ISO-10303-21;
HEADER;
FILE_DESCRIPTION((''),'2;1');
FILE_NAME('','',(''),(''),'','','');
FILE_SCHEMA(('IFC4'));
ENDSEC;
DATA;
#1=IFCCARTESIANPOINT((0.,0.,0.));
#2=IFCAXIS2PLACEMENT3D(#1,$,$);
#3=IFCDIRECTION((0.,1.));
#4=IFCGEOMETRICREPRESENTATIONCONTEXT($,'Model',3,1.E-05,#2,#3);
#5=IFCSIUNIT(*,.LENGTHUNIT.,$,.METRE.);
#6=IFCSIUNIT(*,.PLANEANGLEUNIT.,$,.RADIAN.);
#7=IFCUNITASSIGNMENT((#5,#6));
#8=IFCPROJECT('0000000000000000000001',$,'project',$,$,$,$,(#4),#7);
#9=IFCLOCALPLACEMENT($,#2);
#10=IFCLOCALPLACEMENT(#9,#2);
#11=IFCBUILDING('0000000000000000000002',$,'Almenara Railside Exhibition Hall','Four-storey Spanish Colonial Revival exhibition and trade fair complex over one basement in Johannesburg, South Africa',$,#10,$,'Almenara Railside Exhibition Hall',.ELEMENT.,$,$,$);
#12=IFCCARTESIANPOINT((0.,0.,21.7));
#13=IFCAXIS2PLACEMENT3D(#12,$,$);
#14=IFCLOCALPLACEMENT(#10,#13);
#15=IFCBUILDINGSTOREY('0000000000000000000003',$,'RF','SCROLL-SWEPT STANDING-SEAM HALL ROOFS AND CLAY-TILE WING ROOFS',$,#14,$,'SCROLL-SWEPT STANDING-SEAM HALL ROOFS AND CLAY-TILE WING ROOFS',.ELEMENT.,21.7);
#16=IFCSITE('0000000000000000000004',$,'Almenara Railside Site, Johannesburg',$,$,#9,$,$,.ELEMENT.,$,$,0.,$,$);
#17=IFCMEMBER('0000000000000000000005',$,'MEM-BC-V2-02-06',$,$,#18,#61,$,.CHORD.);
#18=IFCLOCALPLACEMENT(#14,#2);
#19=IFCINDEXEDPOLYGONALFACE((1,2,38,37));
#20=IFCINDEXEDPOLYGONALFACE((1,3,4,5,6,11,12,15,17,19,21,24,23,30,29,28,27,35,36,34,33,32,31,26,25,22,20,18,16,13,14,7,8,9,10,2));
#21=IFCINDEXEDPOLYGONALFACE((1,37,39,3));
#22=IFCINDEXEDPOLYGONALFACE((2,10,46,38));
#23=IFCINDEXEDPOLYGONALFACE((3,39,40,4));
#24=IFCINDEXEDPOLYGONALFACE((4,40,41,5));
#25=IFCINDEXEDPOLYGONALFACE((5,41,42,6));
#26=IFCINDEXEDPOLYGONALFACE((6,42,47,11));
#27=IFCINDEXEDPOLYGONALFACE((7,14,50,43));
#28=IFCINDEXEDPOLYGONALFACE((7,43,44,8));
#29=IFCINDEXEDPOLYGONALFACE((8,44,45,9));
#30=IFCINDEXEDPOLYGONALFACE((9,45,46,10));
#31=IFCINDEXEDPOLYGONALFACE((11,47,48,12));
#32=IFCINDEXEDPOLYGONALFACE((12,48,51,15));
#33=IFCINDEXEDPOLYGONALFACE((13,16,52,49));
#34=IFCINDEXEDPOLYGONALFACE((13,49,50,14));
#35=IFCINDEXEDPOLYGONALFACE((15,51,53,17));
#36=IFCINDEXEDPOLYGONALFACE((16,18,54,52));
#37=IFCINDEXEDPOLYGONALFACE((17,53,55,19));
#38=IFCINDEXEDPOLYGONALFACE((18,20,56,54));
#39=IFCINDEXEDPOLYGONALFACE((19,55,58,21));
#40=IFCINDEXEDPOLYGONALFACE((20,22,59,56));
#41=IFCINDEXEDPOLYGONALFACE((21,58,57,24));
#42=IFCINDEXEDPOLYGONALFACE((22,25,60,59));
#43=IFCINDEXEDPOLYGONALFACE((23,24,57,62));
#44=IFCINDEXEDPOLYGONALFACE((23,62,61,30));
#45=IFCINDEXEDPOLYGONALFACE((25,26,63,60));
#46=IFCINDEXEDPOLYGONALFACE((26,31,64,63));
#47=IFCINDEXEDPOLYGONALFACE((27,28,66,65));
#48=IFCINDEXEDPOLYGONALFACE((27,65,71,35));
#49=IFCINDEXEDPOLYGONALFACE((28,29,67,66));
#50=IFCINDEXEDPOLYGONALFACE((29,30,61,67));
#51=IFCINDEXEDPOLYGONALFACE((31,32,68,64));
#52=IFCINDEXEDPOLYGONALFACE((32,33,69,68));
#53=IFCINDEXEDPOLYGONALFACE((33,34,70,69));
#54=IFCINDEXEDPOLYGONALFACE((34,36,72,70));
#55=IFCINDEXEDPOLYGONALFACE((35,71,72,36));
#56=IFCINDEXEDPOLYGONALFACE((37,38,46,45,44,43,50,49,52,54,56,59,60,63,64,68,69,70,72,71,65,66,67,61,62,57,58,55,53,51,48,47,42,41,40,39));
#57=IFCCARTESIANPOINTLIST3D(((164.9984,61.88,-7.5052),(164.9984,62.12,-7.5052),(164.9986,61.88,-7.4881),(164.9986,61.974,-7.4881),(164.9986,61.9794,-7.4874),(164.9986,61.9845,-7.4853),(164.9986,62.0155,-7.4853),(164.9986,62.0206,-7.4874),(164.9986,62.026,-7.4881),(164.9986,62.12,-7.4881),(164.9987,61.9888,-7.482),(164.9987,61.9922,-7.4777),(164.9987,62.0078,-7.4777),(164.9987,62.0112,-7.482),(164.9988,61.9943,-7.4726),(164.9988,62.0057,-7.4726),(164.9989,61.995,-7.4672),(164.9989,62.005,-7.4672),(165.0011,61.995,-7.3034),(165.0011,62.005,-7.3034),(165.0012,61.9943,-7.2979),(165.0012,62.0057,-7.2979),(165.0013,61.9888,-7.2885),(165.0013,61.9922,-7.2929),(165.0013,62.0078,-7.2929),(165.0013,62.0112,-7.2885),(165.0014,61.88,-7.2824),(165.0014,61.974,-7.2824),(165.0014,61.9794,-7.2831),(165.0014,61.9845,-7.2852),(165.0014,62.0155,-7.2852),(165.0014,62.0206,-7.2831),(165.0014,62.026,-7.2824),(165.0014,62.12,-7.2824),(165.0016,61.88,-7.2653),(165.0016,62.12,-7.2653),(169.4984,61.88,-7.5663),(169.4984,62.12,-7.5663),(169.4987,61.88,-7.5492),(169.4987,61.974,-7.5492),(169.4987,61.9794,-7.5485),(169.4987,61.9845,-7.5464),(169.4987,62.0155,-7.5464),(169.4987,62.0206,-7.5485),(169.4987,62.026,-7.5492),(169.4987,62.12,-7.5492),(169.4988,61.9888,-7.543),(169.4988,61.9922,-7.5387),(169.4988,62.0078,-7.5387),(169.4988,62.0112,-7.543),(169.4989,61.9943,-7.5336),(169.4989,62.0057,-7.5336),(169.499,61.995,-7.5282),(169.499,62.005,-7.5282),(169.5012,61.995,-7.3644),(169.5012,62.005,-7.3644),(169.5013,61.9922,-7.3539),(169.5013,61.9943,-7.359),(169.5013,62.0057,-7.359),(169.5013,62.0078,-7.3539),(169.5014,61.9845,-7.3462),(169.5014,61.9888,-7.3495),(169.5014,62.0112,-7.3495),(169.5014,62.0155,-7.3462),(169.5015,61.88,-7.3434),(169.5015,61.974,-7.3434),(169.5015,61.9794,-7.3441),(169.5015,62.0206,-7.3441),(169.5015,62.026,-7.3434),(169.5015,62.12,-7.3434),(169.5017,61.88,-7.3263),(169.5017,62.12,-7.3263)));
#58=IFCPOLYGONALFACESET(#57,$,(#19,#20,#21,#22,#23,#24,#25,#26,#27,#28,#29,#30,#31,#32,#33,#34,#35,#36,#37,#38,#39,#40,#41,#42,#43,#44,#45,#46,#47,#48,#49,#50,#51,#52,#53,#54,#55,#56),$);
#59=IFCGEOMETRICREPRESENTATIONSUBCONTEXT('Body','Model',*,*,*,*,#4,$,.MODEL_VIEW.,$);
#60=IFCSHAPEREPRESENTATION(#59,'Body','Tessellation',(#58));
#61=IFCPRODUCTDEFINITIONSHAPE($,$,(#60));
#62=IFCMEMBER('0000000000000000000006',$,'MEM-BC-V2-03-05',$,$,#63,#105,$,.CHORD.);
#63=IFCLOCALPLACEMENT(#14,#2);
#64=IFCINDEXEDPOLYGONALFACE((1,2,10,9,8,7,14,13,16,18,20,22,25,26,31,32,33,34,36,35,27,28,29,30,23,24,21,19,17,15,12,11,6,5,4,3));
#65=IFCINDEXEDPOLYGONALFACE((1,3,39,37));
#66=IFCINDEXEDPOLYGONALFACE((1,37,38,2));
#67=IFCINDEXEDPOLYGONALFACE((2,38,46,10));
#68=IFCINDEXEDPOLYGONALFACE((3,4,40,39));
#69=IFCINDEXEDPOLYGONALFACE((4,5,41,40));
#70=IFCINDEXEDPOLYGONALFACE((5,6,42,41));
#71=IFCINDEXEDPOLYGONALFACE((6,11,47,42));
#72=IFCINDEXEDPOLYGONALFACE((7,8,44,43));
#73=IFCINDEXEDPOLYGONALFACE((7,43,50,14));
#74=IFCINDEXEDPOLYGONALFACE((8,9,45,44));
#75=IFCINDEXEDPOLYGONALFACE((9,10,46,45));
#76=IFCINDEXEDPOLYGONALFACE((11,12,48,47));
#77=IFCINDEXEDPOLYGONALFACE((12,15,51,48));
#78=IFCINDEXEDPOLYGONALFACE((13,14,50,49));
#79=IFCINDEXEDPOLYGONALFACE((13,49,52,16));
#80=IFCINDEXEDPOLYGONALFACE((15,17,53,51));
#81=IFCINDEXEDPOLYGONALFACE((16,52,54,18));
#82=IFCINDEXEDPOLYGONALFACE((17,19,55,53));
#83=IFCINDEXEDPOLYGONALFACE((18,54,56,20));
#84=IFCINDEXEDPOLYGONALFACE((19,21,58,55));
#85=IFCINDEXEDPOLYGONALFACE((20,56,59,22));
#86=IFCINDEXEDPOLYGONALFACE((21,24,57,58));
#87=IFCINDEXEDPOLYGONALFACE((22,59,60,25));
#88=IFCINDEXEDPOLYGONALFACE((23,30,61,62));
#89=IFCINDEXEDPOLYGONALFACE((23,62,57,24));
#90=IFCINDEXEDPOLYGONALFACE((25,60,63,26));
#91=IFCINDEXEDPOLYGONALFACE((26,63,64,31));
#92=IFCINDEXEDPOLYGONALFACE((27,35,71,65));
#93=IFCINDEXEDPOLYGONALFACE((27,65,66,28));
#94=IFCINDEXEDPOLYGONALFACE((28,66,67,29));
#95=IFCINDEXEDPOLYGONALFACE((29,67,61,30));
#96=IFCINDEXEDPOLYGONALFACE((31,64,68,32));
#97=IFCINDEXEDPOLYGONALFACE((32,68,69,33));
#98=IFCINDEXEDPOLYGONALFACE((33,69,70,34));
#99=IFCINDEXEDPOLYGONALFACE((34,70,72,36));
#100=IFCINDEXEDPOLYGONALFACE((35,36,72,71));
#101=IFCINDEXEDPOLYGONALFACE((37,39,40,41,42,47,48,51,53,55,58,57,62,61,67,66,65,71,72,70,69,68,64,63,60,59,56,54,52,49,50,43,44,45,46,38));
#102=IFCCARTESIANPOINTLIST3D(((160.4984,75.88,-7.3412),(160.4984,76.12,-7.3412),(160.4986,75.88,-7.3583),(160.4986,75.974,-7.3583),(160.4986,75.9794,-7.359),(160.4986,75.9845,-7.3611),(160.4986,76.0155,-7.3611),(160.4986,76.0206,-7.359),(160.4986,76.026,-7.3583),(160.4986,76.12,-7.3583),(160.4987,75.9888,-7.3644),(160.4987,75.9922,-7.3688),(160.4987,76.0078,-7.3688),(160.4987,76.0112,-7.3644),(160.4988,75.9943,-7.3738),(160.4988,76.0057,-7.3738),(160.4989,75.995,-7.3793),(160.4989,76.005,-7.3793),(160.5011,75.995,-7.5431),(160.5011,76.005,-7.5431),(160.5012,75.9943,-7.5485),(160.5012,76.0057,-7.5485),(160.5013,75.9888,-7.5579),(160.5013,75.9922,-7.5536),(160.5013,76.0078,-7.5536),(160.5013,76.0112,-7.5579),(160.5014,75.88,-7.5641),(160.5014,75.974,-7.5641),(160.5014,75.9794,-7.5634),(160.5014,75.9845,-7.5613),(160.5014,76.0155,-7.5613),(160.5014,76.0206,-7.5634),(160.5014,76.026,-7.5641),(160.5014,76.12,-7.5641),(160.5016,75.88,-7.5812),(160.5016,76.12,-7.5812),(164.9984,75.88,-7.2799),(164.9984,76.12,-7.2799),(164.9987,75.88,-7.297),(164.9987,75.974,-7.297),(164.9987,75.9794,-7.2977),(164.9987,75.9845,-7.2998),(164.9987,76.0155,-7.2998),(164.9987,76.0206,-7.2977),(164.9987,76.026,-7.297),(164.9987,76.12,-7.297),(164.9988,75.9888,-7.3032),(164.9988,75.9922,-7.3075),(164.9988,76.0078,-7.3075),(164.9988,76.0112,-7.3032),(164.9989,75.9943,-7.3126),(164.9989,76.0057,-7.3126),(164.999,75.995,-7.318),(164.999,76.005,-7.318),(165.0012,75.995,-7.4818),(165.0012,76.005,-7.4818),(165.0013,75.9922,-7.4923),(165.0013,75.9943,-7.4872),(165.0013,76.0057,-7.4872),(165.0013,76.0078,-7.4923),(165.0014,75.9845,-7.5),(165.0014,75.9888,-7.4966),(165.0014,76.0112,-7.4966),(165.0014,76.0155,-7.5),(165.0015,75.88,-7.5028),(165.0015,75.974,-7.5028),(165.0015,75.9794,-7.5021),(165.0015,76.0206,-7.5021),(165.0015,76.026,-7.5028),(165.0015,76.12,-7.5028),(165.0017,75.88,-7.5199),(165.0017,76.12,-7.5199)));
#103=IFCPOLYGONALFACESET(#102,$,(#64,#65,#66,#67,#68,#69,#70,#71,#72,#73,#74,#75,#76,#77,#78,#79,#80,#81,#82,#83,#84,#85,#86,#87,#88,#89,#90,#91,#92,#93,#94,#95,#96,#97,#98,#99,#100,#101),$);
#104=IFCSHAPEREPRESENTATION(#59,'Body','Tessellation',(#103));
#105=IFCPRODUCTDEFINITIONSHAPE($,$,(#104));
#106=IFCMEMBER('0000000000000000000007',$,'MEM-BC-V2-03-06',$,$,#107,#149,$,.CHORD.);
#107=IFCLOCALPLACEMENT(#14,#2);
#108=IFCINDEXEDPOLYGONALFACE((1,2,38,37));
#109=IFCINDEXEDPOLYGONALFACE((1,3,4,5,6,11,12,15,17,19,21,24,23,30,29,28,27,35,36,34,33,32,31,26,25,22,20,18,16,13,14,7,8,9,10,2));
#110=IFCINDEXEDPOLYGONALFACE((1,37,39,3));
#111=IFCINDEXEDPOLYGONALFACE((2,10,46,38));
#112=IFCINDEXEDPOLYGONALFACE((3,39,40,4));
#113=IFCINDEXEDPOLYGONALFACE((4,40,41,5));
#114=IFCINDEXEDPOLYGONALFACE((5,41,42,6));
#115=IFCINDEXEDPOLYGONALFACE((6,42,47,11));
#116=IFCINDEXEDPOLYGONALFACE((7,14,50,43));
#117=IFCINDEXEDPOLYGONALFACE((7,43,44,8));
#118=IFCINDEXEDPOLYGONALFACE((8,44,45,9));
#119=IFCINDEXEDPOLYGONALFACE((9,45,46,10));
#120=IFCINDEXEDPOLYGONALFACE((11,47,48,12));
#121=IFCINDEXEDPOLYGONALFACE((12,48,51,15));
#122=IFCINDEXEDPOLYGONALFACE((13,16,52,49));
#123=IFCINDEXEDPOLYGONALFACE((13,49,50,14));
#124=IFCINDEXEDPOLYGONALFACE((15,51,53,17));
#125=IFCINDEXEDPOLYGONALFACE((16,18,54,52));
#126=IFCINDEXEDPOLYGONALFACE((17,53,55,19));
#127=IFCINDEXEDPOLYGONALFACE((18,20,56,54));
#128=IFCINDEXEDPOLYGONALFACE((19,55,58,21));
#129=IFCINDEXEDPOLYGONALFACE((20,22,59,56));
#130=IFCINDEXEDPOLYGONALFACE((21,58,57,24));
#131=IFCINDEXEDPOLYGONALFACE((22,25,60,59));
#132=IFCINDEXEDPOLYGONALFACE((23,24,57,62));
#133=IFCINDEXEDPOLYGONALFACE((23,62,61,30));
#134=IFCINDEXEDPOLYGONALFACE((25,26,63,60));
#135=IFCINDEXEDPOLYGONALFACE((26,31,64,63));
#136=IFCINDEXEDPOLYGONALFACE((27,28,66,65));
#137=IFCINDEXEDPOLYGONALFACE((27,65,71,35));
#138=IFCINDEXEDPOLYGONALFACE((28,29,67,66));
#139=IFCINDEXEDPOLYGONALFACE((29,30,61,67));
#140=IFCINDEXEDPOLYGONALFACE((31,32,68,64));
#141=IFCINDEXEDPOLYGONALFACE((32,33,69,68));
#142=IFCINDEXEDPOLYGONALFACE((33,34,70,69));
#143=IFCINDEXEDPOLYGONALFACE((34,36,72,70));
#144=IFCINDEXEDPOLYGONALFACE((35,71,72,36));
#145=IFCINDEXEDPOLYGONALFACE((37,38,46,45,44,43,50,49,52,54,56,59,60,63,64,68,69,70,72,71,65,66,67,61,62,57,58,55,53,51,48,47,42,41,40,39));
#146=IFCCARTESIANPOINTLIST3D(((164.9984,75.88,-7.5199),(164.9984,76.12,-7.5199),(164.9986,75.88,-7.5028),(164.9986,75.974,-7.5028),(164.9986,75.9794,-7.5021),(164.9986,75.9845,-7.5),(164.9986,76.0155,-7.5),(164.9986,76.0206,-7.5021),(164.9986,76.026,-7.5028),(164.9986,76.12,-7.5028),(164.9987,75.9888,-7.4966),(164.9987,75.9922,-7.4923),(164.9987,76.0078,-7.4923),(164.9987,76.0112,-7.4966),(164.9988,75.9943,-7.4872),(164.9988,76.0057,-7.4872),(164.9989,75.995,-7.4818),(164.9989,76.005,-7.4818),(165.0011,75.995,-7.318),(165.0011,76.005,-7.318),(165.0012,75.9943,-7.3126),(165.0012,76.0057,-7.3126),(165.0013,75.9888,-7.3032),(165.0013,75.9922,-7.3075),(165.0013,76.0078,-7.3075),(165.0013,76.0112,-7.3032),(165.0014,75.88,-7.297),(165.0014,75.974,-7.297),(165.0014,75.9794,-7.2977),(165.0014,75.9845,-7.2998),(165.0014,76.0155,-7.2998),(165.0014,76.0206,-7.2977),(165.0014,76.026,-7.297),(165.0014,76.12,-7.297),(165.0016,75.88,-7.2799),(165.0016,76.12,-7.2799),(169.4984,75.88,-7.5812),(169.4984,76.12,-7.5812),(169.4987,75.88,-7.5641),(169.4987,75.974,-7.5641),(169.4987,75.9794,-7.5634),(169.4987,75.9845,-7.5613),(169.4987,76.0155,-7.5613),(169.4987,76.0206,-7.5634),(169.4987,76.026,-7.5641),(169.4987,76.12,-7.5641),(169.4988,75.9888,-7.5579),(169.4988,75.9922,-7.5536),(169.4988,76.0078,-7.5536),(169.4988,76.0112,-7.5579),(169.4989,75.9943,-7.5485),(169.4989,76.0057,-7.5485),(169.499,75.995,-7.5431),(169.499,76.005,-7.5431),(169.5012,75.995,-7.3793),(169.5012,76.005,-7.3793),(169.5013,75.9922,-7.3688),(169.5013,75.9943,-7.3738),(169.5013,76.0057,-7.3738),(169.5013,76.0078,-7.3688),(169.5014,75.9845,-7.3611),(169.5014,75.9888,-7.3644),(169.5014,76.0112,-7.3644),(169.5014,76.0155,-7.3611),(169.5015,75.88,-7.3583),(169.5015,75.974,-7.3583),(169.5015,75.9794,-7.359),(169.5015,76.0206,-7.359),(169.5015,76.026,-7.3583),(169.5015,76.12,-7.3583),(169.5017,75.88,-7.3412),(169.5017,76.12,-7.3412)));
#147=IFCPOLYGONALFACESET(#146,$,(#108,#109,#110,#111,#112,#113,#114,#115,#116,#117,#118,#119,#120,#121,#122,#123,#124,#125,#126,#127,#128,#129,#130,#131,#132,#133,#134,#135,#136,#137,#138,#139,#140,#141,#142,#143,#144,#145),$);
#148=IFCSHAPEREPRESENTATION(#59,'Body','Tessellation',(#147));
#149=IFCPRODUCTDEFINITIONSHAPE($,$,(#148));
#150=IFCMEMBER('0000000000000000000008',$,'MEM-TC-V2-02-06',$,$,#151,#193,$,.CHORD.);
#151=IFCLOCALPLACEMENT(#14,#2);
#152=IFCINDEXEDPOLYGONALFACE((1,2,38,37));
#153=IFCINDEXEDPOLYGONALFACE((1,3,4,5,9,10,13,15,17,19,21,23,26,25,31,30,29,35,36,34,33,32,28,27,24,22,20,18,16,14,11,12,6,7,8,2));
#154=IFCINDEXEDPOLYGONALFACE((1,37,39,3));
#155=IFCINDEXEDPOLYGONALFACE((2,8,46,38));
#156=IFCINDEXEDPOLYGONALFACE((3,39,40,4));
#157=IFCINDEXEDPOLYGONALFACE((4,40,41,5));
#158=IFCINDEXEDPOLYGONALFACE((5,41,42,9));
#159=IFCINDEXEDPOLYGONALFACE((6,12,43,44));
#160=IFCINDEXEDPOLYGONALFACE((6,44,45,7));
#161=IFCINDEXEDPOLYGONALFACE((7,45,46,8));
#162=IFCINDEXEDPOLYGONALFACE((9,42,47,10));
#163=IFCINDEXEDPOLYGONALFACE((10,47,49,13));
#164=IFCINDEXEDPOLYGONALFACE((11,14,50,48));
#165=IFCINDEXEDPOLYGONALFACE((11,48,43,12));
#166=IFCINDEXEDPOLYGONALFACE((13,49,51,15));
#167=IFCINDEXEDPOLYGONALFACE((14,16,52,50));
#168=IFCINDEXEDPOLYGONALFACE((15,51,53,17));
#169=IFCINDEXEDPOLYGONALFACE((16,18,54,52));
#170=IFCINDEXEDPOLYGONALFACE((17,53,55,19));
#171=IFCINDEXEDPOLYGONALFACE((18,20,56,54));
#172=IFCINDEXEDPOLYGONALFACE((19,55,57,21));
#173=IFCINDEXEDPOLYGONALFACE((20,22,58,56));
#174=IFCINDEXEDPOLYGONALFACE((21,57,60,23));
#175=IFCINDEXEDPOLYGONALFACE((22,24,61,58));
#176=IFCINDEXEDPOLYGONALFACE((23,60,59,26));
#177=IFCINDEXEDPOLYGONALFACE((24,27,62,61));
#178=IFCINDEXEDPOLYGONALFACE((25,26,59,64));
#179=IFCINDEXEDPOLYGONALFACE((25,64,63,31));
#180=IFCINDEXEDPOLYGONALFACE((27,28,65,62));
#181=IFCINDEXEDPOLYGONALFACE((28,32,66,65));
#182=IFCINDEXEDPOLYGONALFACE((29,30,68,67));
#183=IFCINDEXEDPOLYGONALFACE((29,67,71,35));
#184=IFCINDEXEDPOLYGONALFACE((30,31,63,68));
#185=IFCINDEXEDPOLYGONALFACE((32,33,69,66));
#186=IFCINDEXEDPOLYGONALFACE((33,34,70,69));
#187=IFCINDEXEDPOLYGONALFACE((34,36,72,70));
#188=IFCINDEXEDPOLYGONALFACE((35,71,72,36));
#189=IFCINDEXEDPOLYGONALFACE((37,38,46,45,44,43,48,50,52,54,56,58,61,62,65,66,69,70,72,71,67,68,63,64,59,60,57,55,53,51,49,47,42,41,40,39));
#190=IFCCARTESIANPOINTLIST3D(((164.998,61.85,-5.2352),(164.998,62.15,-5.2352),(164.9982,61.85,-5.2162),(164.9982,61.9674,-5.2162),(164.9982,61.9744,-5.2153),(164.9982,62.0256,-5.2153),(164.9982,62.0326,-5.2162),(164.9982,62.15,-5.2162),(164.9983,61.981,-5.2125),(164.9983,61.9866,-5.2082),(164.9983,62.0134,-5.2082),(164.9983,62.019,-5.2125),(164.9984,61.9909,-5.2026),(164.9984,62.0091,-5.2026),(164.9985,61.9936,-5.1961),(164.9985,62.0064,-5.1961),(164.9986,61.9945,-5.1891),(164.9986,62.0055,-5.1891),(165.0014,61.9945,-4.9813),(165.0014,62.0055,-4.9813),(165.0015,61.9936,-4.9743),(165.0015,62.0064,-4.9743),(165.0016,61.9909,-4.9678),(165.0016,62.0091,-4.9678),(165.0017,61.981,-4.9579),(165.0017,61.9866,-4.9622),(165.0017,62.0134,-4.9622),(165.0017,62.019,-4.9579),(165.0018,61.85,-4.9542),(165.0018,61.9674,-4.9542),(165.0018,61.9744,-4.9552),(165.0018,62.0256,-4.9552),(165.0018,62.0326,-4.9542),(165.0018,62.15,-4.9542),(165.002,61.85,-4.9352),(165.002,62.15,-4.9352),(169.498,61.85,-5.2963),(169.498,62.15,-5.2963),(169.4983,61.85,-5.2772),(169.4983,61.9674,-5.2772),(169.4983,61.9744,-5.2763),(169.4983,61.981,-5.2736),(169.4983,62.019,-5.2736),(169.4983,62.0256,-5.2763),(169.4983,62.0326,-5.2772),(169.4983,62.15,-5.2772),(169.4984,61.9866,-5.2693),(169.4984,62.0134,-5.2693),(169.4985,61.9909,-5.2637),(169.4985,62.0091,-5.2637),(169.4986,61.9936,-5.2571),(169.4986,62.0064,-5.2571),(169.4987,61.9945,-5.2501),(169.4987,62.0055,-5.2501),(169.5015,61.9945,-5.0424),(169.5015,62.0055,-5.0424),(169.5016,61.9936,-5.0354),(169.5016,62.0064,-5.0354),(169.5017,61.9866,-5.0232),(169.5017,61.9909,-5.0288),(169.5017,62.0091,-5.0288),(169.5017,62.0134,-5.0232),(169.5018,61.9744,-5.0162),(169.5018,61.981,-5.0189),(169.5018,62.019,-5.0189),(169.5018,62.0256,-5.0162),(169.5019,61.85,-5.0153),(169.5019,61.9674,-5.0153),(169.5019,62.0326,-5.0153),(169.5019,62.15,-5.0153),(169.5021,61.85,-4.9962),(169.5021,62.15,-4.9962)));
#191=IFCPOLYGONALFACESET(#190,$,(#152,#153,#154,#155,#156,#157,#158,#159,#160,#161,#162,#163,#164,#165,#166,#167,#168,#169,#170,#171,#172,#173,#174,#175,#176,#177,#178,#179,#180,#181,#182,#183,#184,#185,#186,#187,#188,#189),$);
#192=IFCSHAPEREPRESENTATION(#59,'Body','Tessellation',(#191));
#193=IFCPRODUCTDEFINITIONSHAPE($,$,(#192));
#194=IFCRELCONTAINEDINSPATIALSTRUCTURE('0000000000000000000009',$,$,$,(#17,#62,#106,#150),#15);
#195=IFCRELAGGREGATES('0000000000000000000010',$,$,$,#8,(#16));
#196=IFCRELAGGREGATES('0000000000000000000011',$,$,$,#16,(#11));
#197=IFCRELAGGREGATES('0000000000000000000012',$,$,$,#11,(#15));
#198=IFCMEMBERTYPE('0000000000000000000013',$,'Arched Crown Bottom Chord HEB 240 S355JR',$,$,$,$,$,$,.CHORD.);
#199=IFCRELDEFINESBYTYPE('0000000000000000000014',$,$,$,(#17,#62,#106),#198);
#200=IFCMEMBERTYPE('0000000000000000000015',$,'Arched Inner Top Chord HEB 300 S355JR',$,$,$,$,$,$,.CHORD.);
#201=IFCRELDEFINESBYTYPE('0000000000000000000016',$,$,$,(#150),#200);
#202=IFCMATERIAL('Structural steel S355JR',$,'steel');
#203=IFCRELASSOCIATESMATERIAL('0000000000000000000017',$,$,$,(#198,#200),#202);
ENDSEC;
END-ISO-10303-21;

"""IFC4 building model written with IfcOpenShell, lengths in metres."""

from ifc_helpers import new_model, si_unit, direction, frame, origin, origin_2d, place, context, subcontext, project, spatial, i_section, extrude, material, material_profile, profile_set, type_object, element, save


model = new_model("IFC4")

# Units and contexts
model_context = context("Model", 3, precision=1e-05, world=origin(), true_north=direction((0.0, 1.0)))
body_context = subcontext(model_context, "Body", "Model", "MODEL_VIEW")
ifc_project = project(units=[si_unit("LENGTHUNIT", "METRE"), si_unit("PLANEANGLEUNIT", "RADIAN")], contexts=[model_context])

# Site, building, storey
site_placement = place(None, origin())
site = spatial("IfcSite", under=ifc_project, at=site_placement, Name="Almenara Railside Site, Johannesburg", CompositionType="ELEMENT", RefElevation=0.0)
building_placement = place(site_placement, origin())
building = spatial("IfcBuilding", under=site, at=building_placement, Name="Almenara Railside Exhibition Hall", Description="Four-storey Spanish Colonial Revival exhibition and trade fair complex over one basement in Johannesburg, South Africa", LongName="Almenara Railside Exhibition Hall", CompositionType="ELEMENT")
storey_placement = place(building_placement, frame((0.0, 0.0, 21.7)))
storey = spatial("IfcBuildingStorey", under=building, at=storey_placement, Name="RF", Description="SCROLL-SWEPT STANDING-SEAM HALL ROOFS AND CLAY-TILE WING ROOFS", LongName="SCROLL-SWEPT STANDING-SEAM HALL ROOFS AND CLAY-TILE WING ROOFS", CompositionType="ELEMENT", Elevation=21.7)

# Members
ifc_material_1 = material(Name="Structural steel S355JR", Category="steel")
ifc_material_profile_1 = material_profile(ifc_material_1, i_section(OverallWidth=0.24, OverallDepth=0.24, WebThickness=0.01, FlangeThickness=0.0171, FilletRadius=0.021, at=origin_2d()), Name="HEB 240")
ifc_profile_set_1 = profile_set([ifc_material_profile_1], Name="Structural steel S355JR")
member_type_1 = type_object("IfcMemberType", Name="Arched Crown Bottom Chord HEB 240 S355JR", PredefinedType="CHORD", material=ifc_profile_set_1)
for number, where, z_axis, x_axis, name in (
    (1, (165.0, 62.0, -7.3853), (0.999908, 0.0, -0.013562), (0.0, 1.0, 0.0), "MEM-BC-V2-02-06"),
    (2, (160.5, 76.0, -7.4612), (0.999907, 0.0, 0.013616), (0.0, 1.0, 0.0), "MEM-BC-V2-03-05"),
    (3, (165.0, 76.0, -7.3999), (0.999907, 0.0, -0.013616), (0.0, 1.0, 0.0), "MEM-BC-V2-03-06"),
):
    element("IfcMember", number, at=place(storey_placement, frame(where, z_axis=z_axis, x_axis=x_axis)), inside=storey, type_object=member_type_1, Name=name, PredefinedType="CHORD", context=body_context, shape_type="SweptSolid", body=[
        extrude(i_section(OverallWidth=0.24, OverallDepth=0.24, WebThickness=0.01, FlangeThickness=0.0171, FilletRadius=0.021, at=origin_2d()), origin(), (0.0, 0.0, 1.0), 4.5005),
    ])
ifc_material_profile_2 = material_profile(ifc_material_1, i_section(OverallWidth=0.3, OverallDepth=0.3, WebThickness=0.011, FlangeThickness=0.019, FilletRadius=0.0271, at=origin_2d()), Name="HEB 300")
ifc_profile_set_2 = profile_set([ifc_material_profile_2], Name="Structural steel S355JR")
member_type_2 = type_object("IfcMemberType", Name="Arched Inner Top Chord HEB 300 S355JR", PredefinedType="CHORD", material=ifc_profile_set_2)
member_1_placement = place(storey_placement, frame((165.0, 62.0, -5.0852), z_axis=(0.999908, 0.0, -0.013562), x_axis=(0.0, 1.0, 0.0)))
element("IfcMember", 4, at=member_1_placement, inside=storey, type_object=member_type_2, Name="MEM-TC-V2-02-06", PredefinedType="CHORD", context=body_context, shape_type="SweptSolid", body=[
    extrude(i_section(OverallWidth=0.3, OverallDepth=0.3, WebThickness=0.011, FlangeThickness=0.019, FilletRadius=0.0271, at=origin_2d()), origin(), (0.0, 0.0, 1.0), 4.5005),
])

save(model, "model.ifc")
